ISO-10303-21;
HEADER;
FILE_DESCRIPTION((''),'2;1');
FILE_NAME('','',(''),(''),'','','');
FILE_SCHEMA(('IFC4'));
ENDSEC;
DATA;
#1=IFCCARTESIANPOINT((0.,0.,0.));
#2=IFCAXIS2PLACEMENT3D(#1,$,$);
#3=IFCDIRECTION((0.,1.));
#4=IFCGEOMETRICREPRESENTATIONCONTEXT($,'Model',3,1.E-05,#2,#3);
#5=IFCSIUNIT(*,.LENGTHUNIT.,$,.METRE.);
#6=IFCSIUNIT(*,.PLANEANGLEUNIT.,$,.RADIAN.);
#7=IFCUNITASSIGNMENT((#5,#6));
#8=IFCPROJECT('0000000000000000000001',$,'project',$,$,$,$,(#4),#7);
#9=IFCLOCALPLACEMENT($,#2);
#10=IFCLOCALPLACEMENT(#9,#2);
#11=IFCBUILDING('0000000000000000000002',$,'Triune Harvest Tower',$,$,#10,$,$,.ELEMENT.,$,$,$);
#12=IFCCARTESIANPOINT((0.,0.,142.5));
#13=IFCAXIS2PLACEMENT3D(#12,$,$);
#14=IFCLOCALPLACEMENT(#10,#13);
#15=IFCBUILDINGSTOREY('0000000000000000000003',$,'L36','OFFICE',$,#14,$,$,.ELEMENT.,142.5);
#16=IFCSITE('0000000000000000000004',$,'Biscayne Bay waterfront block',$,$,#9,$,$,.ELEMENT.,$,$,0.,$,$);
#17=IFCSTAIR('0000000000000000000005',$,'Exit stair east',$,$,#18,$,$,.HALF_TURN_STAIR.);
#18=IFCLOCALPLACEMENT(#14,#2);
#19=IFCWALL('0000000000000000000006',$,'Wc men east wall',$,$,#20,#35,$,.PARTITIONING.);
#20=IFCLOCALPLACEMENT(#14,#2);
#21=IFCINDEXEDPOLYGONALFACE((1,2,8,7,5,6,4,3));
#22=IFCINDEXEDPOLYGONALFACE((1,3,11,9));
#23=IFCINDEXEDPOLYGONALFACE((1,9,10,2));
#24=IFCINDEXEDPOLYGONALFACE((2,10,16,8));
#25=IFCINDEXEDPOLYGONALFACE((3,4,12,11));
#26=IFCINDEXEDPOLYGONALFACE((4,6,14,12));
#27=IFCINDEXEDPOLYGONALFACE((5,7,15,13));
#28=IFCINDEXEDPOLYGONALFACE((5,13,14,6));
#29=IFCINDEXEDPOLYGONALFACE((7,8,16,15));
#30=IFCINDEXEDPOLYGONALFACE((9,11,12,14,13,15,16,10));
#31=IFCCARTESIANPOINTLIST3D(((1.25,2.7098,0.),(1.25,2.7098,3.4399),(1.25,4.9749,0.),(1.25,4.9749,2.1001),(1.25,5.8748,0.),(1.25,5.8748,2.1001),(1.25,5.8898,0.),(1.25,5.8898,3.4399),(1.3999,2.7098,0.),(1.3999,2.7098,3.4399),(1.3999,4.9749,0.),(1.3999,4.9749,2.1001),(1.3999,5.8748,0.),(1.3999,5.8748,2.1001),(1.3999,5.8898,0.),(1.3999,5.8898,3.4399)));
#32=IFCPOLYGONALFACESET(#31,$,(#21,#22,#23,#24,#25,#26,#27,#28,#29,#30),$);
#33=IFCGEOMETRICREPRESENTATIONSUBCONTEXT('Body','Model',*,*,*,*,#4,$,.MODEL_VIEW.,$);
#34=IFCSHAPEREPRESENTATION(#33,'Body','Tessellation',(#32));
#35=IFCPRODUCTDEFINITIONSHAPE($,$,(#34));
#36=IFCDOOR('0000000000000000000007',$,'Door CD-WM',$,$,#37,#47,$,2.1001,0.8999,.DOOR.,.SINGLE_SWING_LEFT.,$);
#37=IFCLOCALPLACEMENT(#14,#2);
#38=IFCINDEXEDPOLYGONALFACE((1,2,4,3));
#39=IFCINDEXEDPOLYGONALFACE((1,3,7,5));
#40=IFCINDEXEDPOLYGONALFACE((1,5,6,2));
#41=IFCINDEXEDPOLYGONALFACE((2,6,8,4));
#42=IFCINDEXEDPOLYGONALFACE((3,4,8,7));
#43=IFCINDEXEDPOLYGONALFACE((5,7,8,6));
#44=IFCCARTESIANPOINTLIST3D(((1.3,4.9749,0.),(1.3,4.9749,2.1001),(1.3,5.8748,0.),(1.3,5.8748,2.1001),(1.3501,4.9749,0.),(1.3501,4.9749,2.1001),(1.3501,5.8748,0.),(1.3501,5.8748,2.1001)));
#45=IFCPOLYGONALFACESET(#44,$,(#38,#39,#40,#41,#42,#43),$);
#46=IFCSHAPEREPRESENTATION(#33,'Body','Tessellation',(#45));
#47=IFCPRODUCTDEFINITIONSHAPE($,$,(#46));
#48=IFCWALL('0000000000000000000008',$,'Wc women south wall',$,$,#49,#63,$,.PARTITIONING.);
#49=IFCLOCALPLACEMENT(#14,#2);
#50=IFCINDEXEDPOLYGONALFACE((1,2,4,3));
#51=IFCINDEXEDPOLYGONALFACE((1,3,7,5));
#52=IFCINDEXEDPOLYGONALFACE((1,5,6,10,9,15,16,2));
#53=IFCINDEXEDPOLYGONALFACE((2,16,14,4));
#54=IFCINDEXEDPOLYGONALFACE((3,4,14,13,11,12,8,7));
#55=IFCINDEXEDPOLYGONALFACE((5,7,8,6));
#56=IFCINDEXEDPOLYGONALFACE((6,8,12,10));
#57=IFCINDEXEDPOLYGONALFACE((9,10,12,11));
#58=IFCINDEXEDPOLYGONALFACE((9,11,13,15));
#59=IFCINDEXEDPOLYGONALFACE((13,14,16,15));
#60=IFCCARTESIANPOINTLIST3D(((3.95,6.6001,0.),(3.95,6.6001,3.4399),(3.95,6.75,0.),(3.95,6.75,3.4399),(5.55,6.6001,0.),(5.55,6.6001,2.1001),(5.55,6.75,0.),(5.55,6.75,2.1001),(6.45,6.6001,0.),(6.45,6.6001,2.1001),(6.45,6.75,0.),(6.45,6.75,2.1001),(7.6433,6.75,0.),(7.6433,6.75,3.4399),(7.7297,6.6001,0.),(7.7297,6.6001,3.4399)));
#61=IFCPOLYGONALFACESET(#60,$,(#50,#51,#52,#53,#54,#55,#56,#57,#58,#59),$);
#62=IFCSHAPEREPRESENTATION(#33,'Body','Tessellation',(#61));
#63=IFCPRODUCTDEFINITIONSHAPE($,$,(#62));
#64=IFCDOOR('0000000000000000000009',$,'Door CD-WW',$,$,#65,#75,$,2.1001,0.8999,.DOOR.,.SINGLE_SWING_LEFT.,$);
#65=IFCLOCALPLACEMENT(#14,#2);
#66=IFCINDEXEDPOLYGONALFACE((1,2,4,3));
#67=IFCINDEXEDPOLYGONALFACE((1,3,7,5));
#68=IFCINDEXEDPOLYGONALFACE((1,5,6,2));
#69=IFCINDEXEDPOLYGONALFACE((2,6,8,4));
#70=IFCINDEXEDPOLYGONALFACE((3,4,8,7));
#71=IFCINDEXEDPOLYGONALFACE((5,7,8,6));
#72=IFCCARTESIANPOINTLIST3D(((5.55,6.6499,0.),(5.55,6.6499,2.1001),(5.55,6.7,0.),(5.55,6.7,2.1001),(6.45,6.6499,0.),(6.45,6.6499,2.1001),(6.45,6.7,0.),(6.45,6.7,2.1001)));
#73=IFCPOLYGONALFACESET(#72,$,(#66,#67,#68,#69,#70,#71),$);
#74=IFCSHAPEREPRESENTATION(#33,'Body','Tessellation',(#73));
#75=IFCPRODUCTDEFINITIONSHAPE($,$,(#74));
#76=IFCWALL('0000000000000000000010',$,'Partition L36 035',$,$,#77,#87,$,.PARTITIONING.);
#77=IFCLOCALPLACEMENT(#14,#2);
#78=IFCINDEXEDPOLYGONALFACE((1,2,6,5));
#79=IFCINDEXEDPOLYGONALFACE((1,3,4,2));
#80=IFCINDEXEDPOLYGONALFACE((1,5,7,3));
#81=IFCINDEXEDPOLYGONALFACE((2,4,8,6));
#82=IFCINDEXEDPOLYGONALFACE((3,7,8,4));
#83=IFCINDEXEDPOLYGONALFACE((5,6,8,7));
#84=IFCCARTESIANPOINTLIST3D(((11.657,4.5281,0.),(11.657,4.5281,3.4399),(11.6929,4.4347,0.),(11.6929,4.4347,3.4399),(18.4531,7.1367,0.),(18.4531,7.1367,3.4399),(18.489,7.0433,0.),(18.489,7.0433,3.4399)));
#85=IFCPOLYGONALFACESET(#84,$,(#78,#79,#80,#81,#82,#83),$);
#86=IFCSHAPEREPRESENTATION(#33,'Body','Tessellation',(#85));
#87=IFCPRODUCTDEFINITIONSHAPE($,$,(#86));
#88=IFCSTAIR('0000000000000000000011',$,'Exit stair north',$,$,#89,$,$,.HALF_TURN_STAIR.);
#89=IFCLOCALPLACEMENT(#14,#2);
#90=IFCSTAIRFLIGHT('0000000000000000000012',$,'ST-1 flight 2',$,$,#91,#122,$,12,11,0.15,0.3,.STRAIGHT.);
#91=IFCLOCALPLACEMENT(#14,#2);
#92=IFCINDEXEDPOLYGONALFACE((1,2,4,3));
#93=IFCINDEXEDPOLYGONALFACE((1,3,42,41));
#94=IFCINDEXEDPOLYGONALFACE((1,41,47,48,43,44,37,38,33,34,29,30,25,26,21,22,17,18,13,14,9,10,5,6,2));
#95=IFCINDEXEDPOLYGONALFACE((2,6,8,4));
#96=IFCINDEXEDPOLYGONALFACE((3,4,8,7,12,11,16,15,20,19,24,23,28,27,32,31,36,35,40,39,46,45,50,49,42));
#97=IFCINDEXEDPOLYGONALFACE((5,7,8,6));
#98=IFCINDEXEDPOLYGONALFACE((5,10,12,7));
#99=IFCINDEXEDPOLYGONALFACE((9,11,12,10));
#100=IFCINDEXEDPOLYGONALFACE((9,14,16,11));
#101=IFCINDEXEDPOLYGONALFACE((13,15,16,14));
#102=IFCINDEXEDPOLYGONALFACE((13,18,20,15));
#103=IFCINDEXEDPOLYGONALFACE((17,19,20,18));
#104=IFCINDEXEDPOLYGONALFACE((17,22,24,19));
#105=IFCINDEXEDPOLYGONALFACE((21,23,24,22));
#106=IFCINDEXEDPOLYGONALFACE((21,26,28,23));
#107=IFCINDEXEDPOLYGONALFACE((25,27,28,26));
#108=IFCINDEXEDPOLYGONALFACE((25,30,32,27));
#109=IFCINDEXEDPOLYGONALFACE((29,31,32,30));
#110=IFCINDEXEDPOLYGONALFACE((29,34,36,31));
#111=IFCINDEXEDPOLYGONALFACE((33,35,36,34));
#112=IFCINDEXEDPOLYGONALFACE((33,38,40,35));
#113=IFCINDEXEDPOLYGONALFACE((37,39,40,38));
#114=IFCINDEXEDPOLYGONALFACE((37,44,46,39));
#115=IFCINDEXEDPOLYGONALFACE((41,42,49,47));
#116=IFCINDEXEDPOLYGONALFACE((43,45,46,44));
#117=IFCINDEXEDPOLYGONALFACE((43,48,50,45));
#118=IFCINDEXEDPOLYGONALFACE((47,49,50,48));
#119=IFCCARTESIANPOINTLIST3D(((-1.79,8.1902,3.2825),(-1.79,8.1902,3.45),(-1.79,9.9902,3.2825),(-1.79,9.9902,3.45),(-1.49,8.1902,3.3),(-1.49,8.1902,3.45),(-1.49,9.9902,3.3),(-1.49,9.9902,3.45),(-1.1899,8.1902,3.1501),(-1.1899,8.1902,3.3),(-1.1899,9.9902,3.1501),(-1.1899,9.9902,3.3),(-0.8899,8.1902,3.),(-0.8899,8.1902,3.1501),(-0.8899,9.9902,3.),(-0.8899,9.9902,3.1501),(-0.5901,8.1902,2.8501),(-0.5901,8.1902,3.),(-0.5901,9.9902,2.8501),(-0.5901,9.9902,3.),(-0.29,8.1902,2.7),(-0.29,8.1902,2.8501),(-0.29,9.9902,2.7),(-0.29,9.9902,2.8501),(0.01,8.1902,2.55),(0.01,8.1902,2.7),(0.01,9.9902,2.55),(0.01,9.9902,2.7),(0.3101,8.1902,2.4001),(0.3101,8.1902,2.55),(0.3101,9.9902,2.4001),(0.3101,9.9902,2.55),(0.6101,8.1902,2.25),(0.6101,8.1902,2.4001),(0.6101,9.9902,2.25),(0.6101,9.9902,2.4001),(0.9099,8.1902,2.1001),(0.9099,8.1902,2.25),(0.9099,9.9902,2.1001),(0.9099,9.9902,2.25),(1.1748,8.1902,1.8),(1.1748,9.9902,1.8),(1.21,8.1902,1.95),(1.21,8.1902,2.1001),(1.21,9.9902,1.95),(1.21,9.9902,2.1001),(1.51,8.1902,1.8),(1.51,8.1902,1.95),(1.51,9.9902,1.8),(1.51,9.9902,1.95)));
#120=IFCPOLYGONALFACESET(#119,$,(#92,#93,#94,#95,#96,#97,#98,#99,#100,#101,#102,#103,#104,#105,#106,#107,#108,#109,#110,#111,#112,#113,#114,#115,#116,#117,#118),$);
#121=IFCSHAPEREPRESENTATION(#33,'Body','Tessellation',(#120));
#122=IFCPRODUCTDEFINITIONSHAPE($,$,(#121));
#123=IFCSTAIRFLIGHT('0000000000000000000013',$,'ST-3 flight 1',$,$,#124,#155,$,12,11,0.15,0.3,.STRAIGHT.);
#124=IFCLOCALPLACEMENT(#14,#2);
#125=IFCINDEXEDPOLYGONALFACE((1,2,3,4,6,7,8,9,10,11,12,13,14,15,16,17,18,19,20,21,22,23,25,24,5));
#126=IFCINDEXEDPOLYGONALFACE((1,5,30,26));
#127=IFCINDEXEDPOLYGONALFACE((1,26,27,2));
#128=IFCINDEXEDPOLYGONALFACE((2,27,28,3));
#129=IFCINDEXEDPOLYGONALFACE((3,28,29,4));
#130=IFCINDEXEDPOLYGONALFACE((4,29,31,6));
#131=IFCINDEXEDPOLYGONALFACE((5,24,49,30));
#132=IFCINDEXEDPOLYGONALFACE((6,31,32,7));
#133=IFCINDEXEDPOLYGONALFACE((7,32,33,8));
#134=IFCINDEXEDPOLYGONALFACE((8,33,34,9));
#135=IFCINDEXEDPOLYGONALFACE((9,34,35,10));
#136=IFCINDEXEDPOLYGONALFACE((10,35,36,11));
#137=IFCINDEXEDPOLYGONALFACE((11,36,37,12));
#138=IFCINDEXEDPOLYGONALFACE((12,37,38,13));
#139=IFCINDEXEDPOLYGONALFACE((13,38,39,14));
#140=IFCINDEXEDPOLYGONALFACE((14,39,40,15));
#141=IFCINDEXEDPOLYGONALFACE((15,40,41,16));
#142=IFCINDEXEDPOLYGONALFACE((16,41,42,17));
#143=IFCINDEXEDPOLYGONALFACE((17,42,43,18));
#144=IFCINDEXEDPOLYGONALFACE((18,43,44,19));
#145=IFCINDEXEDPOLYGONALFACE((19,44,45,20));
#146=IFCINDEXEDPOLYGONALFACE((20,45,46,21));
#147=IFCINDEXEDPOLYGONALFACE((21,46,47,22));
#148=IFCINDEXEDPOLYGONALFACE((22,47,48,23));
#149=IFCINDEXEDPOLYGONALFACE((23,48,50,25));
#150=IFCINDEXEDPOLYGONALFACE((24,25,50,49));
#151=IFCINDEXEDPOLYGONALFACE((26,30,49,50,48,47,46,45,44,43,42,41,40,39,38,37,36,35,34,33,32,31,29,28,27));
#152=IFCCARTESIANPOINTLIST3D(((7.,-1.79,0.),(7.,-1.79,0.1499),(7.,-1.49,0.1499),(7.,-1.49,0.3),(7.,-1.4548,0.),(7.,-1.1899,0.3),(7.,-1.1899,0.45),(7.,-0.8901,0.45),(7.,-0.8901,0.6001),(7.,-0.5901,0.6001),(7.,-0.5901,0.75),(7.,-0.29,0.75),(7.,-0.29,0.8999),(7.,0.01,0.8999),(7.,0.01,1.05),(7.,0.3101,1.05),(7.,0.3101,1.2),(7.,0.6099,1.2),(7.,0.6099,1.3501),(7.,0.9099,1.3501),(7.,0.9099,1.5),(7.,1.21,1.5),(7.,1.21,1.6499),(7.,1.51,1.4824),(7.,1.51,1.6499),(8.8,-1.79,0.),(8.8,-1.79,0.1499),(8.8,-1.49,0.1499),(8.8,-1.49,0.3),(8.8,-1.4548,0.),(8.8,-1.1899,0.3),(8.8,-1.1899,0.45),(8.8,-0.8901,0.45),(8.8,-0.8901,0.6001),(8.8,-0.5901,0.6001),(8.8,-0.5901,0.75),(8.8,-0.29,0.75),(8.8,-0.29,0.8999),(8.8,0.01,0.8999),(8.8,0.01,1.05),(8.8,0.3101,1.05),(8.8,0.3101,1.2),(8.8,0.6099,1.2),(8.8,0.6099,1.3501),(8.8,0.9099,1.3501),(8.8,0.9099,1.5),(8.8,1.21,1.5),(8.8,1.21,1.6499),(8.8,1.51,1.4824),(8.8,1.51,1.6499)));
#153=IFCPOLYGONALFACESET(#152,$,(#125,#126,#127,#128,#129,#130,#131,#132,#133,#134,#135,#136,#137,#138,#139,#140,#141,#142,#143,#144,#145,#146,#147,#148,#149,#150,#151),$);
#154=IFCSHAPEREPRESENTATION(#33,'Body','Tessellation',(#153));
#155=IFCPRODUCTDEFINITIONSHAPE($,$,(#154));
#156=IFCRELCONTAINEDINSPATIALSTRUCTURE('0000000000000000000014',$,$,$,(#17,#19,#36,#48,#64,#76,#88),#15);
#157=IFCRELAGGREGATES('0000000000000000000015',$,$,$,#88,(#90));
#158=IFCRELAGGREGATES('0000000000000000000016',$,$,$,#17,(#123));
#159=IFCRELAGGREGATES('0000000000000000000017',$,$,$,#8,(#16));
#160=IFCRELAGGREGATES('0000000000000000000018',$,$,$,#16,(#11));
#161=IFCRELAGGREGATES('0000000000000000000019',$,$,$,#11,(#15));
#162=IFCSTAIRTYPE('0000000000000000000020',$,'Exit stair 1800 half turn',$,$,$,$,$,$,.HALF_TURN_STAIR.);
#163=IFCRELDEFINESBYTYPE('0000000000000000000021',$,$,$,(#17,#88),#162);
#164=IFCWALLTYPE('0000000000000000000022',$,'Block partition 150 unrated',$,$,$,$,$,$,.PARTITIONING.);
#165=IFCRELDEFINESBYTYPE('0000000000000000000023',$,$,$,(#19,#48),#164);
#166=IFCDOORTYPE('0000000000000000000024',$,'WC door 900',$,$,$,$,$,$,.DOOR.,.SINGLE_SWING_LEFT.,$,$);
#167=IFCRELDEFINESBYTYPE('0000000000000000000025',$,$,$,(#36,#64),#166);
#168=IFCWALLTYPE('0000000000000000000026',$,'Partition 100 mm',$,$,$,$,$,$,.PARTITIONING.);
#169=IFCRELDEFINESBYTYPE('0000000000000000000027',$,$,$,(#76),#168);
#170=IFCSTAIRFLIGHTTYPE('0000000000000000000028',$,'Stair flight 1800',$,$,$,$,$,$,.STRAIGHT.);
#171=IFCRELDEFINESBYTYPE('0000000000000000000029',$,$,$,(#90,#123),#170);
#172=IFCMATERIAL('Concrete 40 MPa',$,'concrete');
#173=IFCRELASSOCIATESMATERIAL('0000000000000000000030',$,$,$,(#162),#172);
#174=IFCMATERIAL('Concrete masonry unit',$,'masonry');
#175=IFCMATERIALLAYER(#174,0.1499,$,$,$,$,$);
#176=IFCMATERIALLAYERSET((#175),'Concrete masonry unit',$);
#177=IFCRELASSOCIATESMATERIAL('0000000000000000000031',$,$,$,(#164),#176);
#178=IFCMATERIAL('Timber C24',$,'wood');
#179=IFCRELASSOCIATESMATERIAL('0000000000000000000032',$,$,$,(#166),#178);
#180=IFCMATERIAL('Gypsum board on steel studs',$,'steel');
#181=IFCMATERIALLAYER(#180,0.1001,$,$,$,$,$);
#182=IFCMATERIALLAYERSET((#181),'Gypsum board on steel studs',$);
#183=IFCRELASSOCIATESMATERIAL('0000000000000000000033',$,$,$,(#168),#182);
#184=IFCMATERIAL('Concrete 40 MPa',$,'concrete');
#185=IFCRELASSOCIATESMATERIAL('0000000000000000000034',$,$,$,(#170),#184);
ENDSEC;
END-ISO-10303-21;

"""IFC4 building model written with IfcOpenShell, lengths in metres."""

from ifc_helpers import new_model, si_unit, direction, frame, frame_2d, origin, place, context, subcontext, project, spatial, polyline, rectangle, outline, extrude, source, transform, mapped, material, layer, layer_set, type_object, element, fill, aggregate, save


model = new_model("IFC4")

# Units and contexts
model_context = context("Model", 3, precision=1e-05, world=origin(), true_north=direction((0.0, 1.0)))
body_context = subcontext(model_context, "Body", "Model", "MODEL_VIEW")
ifc_project = project(units=[si_unit("LENGTHUNIT", "METRE"), si_unit("PLANEANGLEUNIT", "RADIAN")], contexts=[model_context])

# Site, building, storey
site_placement = place(None, origin())
site = spatial("IfcSite", under=ifc_project, at=site_placement, Name="Biscayne Bay waterfront block", CompositionType="ELEMENT", RefElevation=0.0)
building_placement = place(site_placement, origin())
building = spatial("IfcBuilding", under=site, at=building_placement, Name="Triune Harvest Tower", CompositionType="ELEMENT")
storey_placement = place(building_placement, frame((0.0, 0.0, 142.5)))
storey = spatial("IfcBuildingStorey", under=building, at=storey_placement, Name="L36", Description="OFFICE", CompositionType="ELEMENT", Elevation=142.5)

# Stair
ifc_material_1 = material(Name="Concrete 40 MPa", Category="concrete")
stair_type = type_object("IfcStairType", Name="Exit stair 1800 half turn", PredefinedType="HALF_TURN_STAIR", material=ifc_material_1)
stair_1_placement = place(storey_placement, origin())
stair_1 = element("IfcStair", 1, at=stair_1_placement, inside=storey, type_object=stair_type, Name="Exit stair east", PredefinedType="HALF_TURN_STAIR")

# Walls, openings, doors
ifc_material_2 = material(Name="Concrete masonry unit", Category="masonry")
ifc_layer_1 = layer(ifc_material_2, 0.1499)
ifc_layer_set_1 = layer_set([ifc_layer_1], Name="Concrete masonry unit")
wall_type_1 = type_object("IfcWallType", Name="Block partition 150 unrated", PredefinedType="PARTITIONING", material=ifc_layer_set_1)
shared_shape_1 = source(origin(), body_context, "Body", "SweptSolid", [
    extrude(rectangle(XDim=3.1799, YDim=0.1499, at=frame_2d((1.5898, 0.0))), origin(), (0.0, 0.0, 1.0), 3.4399),
])
wall_1_placement = place(storey_placement, frame((1.325, 2.71, 0.0), z_axis=(0.0, 0.0, 1.0), x_axis=(0.0, 1.0, 0.0)))
wall_1 = element("IfcWall", 2, at=wall_1_placement, inside=storey, type_object=wall_type_1, Name="Wc men east wall", PredefinedType="PARTITIONING", context=body_context, shape_type="MappedRepresentation", body=[
    mapped(shared_shape_1, transform((0.0, 0.0, 0.0), scale=1.0)),
])
opening_1_placement = place(wall_1_placement, frame((2.2649, 0.0, 0.0)))
opening_1 = element("IfcOpeningElement", 3, at=opening_1_placement, cuts=wall_1, PredefinedType="OPENING", context=body_context, shape_type="SweptSolid", body=[
    extrude(rectangle(XDim=0.8999, YDim=2.1001, at=frame_2d((0.45, 1.05))), frame((0.0, 0.085, 0.0), z_axis=(0.0, -1.0, 0.0), x_axis=(1.0, 0.0, 0.0)), (0.0, 0.0, 1.0), 0.1699),
])
ifc_material_3 = material(Name="Timber C24", Category="wood")
door_type_1 = type_object("IfcDoorType", Name="WC door 900", OperationType="SINGLE_SWING_LEFT", PredefinedType="DOOR", material=ifc_material_3)
door_1_placement = place(opening_1_placement, origin())
door_1 = element("IfcDoor", 4, at=door_1_placement, inside=storey, type_object=door_type_1, Name="Door CD-WM", OperationType="SINGLE_SWING_LEFT", OverallHeight=2.1001, OverallWidth=0.8999, PredefinedType="DOOR", context=body_context, shape_type="SweptSolid", body=[
    extrude(rectangle(XDim=0.8999, YDim=2.1001, at=frame_2d((0.45, 1.05))), frame((0.0, 0.0249, 0.0), z_axis=(0.0, -1.0, 0.0), x_axis=(1.0, 0.0, 0.0)), (0.0, 0.0, 1.0), 0.05),
])
fill(opening_1, door_1)
shared_shape_2 = source(origin(), body_context, "Body", "SweptSolid", [
    extrude(outline(polyline([(0.0, -0.075), (0.0, 0.075), (3.6934, 0.075), (3.7798, -0.075), (0.0, -0.075)])), origin(), (0.0, 0.0, 1.0), 3.4399),
])
wall_2_placement = place(storey_placement, frame((3.95, 6.675, 0.0), z_axis=(0.0, 0.0, 1.0), x_axis=(1.0, 0.0, 0.0)))
wall_2 = element("IfcWall", 5, at=wall_2_placement, inside=storey, type_object=wall_type_1, Name="Wc women south wall", PredefinedType="PARTITIONING", context=body_context, shape_type="MappedRepresentation", body=[
    mapped(shared_shape_2, transform((0.0, 0.0, 0.0), scale=1.0)),
])
opening_2_placement = place(wall_2_placement, frame((1.6001, 0.0, 0.0)))
opening_2 = element("IfcOpeningElement", 6, at=opening_2_placement, cuts=wall_2, PredefinedType="OPENING", context=body_context, shape_type="SweptSolid", body=[
    extrude(rectangle(XDim=0.8999, YDim=2.1001, at=frame_2d((0.45, 1.05))), frame((0.0, 0.085, 0.0), z_axis=(0.0, -1.0, 0.0), x_axis=(1.0, 0.0, 0.0)), (0.0, 0.0, 1.0), 0.1699),
])
door_2_placement = place(opening_2_placement, origin())
door_2 = element("IfcDoor", 7, at=door_2_placement, inside=storey, type_object=door_type_1, Name="Door CD-WW", OperationType="SINGLE_SWING_LEFT", OverallHeight=2.1001, OverallWidth=0.8999, PredefinedType="DOOR", context=body_context, shape_type="SweptSolid", body=[
    extrude(rectangle(XDim=0.8999, YDim=2.1001, at=frame_2d((0.45, 1.05))), frame((0.0, 0.0249, 0.0), z_axis=(0.0, -1.0, 0.0), x_axis=(1.0, 0.0, 0.0)), (0.0, 0.0, 1.0), 0.05),
])
fill(opening_2, door_2)

# Wall
ifc_material_4 = material(Name="Gypsum board on steel studs", Category="steel")
ifc_layer_2 = layer(ifc_material_4, 0.1001)
ifc_layer_set_2 = layer_set([ifc_layer_2], Name="Gypsum board on steel studs")
wall_type_2 = type_object("IfcWallType", Name="Partition 100 mm", PredefinedType="PARTITIONING", material=ifc_layer_set_2)
shared_shape_3 = source(origin(), body_context, "Body", "SweptSolid", [
    extrude(rectangle(XDim=7.2795, YDim=0.1001, at=frame_2d((3.6396, 0.0))), origin(), (0.0, 0.0, 1.0), 3.4399),
])
wall_3_placement = place(storey_placement, frame((11.675, 4.4814, 0.0), z_axis=(0.0, 0.0, 1.0), x_axis=(0.933587, 0.35835, 0.0)))
element("IfcWall", 8, at=wall_3_placement, inside=storey, type_object=wall_type_2, Name="Partition L36 035", PredefinedType="PARTITIONING", context=body_context, shape_type="MappedRepresentation", body=[
    mapped(shared_shape_3, transform((0.0, 0.0, 0.0), scale=1.0)),
])

# Stair, stair flight
stair_2_placement = place(storey_placement, origin())
stair_2 = element("IfcStair", 9, at=stair_2_placement, inside=storey, type_object=stair_type, Name="Exit stair north", PredefinedType="HALF_TURN_STAIR")
ifc_material_5 = material(Name="Concrete 40 MPa", Category="concrete")
stair_flight_type = type_object("IfcStairFlightType", Name="Stair flight 1800", PredefinedType="STRAIGHT", material=ifc_material_5)
shared_shape_4 = source(origin(), body_context, "Body", "SweptSolid", [
    extrude(outline(polyline([(0.0, 0.0), (0.0, 0.1499), (0.3, 0.1499), (0.3, 0.3), (0.6001, 0.3), (0.6001, 0.45), (0.8999, 0.45), (0.8999, 0.6001), (1.2, 0.6001), (1.2, 0.75), (1.5, 0.75), (1.5, 0.8999), (1.8, 0.8999), (1.8, 1.05), (2.1001, 1.05), (2.1001, 1.2), (2.3999, 1.2), (2.3999, 1.3501), (2.7, 1.3501), (2.7, 1.5), (3.0, 1.5), (3.0, 1.6499), (3.3, 1.6499), (3.3, 1.8), (3.3, 1.4824), (0.3352, 0.0), (0.0, 0.0)])), frame((0.0, 0.8999, 0.0), z_axis=(0.0, -1.0, 0.0), x_axis=(1.0, 0.0, 0.0)), (0.0, 0.0, 1.0), 1.8),
])
stair_flight_1_placement = place(storey_placement, frame((1.51, 9.0901, 1.8), z_axis=(0.0, 0.0, 1.0), x_axis=(-1.0, 0.0, 0.0)))
stair_flight_1 = element("IfcStairFlight", 10, at=stair_flight_1_placement, type_object=stair_flight_type, Name="ST-1 flight 2", NumberOfRisers=12, NumberOfTreads=11, PredefinedType="STRAIGHT", RiserHeight=0.15, TreadLength=0.3, context=body_context, shape_type="MappedRepresentation", body=[
    mapped(shared_shape_4, transform((0.0, 0.0, 0.0), scale=1.0)),
])
aggregate(stair_2, [stair_flight_1])

# Stair flight
stair_flight_2_placement = place(storey_placement, frame((7.8999, -1.79, 0.0), z_axis=(0.0, 0.0, 1.0), x_axis=(0.0, 1.0, 0.0)))
stair_flight_2 = element("IfcStairFlight", 11, at=stair_flight_2_placement, type_object=stair_flight_type, Name="ST-3 flight 1", NumberOfRisers=12, NumberOfTreads=11, PredefinedType="STRAIGHT", RiserHeight=0.15, TreadLength=0.3, context=body_context, shape_type="MappedRepresentation", body=[
    mapped(shared_shape_4, transform((0.0, 0.0, 0.0), scale=1.0)),
])
aggregate(stair_1, [stair_flight_2])

save(model, "model.ifc")
